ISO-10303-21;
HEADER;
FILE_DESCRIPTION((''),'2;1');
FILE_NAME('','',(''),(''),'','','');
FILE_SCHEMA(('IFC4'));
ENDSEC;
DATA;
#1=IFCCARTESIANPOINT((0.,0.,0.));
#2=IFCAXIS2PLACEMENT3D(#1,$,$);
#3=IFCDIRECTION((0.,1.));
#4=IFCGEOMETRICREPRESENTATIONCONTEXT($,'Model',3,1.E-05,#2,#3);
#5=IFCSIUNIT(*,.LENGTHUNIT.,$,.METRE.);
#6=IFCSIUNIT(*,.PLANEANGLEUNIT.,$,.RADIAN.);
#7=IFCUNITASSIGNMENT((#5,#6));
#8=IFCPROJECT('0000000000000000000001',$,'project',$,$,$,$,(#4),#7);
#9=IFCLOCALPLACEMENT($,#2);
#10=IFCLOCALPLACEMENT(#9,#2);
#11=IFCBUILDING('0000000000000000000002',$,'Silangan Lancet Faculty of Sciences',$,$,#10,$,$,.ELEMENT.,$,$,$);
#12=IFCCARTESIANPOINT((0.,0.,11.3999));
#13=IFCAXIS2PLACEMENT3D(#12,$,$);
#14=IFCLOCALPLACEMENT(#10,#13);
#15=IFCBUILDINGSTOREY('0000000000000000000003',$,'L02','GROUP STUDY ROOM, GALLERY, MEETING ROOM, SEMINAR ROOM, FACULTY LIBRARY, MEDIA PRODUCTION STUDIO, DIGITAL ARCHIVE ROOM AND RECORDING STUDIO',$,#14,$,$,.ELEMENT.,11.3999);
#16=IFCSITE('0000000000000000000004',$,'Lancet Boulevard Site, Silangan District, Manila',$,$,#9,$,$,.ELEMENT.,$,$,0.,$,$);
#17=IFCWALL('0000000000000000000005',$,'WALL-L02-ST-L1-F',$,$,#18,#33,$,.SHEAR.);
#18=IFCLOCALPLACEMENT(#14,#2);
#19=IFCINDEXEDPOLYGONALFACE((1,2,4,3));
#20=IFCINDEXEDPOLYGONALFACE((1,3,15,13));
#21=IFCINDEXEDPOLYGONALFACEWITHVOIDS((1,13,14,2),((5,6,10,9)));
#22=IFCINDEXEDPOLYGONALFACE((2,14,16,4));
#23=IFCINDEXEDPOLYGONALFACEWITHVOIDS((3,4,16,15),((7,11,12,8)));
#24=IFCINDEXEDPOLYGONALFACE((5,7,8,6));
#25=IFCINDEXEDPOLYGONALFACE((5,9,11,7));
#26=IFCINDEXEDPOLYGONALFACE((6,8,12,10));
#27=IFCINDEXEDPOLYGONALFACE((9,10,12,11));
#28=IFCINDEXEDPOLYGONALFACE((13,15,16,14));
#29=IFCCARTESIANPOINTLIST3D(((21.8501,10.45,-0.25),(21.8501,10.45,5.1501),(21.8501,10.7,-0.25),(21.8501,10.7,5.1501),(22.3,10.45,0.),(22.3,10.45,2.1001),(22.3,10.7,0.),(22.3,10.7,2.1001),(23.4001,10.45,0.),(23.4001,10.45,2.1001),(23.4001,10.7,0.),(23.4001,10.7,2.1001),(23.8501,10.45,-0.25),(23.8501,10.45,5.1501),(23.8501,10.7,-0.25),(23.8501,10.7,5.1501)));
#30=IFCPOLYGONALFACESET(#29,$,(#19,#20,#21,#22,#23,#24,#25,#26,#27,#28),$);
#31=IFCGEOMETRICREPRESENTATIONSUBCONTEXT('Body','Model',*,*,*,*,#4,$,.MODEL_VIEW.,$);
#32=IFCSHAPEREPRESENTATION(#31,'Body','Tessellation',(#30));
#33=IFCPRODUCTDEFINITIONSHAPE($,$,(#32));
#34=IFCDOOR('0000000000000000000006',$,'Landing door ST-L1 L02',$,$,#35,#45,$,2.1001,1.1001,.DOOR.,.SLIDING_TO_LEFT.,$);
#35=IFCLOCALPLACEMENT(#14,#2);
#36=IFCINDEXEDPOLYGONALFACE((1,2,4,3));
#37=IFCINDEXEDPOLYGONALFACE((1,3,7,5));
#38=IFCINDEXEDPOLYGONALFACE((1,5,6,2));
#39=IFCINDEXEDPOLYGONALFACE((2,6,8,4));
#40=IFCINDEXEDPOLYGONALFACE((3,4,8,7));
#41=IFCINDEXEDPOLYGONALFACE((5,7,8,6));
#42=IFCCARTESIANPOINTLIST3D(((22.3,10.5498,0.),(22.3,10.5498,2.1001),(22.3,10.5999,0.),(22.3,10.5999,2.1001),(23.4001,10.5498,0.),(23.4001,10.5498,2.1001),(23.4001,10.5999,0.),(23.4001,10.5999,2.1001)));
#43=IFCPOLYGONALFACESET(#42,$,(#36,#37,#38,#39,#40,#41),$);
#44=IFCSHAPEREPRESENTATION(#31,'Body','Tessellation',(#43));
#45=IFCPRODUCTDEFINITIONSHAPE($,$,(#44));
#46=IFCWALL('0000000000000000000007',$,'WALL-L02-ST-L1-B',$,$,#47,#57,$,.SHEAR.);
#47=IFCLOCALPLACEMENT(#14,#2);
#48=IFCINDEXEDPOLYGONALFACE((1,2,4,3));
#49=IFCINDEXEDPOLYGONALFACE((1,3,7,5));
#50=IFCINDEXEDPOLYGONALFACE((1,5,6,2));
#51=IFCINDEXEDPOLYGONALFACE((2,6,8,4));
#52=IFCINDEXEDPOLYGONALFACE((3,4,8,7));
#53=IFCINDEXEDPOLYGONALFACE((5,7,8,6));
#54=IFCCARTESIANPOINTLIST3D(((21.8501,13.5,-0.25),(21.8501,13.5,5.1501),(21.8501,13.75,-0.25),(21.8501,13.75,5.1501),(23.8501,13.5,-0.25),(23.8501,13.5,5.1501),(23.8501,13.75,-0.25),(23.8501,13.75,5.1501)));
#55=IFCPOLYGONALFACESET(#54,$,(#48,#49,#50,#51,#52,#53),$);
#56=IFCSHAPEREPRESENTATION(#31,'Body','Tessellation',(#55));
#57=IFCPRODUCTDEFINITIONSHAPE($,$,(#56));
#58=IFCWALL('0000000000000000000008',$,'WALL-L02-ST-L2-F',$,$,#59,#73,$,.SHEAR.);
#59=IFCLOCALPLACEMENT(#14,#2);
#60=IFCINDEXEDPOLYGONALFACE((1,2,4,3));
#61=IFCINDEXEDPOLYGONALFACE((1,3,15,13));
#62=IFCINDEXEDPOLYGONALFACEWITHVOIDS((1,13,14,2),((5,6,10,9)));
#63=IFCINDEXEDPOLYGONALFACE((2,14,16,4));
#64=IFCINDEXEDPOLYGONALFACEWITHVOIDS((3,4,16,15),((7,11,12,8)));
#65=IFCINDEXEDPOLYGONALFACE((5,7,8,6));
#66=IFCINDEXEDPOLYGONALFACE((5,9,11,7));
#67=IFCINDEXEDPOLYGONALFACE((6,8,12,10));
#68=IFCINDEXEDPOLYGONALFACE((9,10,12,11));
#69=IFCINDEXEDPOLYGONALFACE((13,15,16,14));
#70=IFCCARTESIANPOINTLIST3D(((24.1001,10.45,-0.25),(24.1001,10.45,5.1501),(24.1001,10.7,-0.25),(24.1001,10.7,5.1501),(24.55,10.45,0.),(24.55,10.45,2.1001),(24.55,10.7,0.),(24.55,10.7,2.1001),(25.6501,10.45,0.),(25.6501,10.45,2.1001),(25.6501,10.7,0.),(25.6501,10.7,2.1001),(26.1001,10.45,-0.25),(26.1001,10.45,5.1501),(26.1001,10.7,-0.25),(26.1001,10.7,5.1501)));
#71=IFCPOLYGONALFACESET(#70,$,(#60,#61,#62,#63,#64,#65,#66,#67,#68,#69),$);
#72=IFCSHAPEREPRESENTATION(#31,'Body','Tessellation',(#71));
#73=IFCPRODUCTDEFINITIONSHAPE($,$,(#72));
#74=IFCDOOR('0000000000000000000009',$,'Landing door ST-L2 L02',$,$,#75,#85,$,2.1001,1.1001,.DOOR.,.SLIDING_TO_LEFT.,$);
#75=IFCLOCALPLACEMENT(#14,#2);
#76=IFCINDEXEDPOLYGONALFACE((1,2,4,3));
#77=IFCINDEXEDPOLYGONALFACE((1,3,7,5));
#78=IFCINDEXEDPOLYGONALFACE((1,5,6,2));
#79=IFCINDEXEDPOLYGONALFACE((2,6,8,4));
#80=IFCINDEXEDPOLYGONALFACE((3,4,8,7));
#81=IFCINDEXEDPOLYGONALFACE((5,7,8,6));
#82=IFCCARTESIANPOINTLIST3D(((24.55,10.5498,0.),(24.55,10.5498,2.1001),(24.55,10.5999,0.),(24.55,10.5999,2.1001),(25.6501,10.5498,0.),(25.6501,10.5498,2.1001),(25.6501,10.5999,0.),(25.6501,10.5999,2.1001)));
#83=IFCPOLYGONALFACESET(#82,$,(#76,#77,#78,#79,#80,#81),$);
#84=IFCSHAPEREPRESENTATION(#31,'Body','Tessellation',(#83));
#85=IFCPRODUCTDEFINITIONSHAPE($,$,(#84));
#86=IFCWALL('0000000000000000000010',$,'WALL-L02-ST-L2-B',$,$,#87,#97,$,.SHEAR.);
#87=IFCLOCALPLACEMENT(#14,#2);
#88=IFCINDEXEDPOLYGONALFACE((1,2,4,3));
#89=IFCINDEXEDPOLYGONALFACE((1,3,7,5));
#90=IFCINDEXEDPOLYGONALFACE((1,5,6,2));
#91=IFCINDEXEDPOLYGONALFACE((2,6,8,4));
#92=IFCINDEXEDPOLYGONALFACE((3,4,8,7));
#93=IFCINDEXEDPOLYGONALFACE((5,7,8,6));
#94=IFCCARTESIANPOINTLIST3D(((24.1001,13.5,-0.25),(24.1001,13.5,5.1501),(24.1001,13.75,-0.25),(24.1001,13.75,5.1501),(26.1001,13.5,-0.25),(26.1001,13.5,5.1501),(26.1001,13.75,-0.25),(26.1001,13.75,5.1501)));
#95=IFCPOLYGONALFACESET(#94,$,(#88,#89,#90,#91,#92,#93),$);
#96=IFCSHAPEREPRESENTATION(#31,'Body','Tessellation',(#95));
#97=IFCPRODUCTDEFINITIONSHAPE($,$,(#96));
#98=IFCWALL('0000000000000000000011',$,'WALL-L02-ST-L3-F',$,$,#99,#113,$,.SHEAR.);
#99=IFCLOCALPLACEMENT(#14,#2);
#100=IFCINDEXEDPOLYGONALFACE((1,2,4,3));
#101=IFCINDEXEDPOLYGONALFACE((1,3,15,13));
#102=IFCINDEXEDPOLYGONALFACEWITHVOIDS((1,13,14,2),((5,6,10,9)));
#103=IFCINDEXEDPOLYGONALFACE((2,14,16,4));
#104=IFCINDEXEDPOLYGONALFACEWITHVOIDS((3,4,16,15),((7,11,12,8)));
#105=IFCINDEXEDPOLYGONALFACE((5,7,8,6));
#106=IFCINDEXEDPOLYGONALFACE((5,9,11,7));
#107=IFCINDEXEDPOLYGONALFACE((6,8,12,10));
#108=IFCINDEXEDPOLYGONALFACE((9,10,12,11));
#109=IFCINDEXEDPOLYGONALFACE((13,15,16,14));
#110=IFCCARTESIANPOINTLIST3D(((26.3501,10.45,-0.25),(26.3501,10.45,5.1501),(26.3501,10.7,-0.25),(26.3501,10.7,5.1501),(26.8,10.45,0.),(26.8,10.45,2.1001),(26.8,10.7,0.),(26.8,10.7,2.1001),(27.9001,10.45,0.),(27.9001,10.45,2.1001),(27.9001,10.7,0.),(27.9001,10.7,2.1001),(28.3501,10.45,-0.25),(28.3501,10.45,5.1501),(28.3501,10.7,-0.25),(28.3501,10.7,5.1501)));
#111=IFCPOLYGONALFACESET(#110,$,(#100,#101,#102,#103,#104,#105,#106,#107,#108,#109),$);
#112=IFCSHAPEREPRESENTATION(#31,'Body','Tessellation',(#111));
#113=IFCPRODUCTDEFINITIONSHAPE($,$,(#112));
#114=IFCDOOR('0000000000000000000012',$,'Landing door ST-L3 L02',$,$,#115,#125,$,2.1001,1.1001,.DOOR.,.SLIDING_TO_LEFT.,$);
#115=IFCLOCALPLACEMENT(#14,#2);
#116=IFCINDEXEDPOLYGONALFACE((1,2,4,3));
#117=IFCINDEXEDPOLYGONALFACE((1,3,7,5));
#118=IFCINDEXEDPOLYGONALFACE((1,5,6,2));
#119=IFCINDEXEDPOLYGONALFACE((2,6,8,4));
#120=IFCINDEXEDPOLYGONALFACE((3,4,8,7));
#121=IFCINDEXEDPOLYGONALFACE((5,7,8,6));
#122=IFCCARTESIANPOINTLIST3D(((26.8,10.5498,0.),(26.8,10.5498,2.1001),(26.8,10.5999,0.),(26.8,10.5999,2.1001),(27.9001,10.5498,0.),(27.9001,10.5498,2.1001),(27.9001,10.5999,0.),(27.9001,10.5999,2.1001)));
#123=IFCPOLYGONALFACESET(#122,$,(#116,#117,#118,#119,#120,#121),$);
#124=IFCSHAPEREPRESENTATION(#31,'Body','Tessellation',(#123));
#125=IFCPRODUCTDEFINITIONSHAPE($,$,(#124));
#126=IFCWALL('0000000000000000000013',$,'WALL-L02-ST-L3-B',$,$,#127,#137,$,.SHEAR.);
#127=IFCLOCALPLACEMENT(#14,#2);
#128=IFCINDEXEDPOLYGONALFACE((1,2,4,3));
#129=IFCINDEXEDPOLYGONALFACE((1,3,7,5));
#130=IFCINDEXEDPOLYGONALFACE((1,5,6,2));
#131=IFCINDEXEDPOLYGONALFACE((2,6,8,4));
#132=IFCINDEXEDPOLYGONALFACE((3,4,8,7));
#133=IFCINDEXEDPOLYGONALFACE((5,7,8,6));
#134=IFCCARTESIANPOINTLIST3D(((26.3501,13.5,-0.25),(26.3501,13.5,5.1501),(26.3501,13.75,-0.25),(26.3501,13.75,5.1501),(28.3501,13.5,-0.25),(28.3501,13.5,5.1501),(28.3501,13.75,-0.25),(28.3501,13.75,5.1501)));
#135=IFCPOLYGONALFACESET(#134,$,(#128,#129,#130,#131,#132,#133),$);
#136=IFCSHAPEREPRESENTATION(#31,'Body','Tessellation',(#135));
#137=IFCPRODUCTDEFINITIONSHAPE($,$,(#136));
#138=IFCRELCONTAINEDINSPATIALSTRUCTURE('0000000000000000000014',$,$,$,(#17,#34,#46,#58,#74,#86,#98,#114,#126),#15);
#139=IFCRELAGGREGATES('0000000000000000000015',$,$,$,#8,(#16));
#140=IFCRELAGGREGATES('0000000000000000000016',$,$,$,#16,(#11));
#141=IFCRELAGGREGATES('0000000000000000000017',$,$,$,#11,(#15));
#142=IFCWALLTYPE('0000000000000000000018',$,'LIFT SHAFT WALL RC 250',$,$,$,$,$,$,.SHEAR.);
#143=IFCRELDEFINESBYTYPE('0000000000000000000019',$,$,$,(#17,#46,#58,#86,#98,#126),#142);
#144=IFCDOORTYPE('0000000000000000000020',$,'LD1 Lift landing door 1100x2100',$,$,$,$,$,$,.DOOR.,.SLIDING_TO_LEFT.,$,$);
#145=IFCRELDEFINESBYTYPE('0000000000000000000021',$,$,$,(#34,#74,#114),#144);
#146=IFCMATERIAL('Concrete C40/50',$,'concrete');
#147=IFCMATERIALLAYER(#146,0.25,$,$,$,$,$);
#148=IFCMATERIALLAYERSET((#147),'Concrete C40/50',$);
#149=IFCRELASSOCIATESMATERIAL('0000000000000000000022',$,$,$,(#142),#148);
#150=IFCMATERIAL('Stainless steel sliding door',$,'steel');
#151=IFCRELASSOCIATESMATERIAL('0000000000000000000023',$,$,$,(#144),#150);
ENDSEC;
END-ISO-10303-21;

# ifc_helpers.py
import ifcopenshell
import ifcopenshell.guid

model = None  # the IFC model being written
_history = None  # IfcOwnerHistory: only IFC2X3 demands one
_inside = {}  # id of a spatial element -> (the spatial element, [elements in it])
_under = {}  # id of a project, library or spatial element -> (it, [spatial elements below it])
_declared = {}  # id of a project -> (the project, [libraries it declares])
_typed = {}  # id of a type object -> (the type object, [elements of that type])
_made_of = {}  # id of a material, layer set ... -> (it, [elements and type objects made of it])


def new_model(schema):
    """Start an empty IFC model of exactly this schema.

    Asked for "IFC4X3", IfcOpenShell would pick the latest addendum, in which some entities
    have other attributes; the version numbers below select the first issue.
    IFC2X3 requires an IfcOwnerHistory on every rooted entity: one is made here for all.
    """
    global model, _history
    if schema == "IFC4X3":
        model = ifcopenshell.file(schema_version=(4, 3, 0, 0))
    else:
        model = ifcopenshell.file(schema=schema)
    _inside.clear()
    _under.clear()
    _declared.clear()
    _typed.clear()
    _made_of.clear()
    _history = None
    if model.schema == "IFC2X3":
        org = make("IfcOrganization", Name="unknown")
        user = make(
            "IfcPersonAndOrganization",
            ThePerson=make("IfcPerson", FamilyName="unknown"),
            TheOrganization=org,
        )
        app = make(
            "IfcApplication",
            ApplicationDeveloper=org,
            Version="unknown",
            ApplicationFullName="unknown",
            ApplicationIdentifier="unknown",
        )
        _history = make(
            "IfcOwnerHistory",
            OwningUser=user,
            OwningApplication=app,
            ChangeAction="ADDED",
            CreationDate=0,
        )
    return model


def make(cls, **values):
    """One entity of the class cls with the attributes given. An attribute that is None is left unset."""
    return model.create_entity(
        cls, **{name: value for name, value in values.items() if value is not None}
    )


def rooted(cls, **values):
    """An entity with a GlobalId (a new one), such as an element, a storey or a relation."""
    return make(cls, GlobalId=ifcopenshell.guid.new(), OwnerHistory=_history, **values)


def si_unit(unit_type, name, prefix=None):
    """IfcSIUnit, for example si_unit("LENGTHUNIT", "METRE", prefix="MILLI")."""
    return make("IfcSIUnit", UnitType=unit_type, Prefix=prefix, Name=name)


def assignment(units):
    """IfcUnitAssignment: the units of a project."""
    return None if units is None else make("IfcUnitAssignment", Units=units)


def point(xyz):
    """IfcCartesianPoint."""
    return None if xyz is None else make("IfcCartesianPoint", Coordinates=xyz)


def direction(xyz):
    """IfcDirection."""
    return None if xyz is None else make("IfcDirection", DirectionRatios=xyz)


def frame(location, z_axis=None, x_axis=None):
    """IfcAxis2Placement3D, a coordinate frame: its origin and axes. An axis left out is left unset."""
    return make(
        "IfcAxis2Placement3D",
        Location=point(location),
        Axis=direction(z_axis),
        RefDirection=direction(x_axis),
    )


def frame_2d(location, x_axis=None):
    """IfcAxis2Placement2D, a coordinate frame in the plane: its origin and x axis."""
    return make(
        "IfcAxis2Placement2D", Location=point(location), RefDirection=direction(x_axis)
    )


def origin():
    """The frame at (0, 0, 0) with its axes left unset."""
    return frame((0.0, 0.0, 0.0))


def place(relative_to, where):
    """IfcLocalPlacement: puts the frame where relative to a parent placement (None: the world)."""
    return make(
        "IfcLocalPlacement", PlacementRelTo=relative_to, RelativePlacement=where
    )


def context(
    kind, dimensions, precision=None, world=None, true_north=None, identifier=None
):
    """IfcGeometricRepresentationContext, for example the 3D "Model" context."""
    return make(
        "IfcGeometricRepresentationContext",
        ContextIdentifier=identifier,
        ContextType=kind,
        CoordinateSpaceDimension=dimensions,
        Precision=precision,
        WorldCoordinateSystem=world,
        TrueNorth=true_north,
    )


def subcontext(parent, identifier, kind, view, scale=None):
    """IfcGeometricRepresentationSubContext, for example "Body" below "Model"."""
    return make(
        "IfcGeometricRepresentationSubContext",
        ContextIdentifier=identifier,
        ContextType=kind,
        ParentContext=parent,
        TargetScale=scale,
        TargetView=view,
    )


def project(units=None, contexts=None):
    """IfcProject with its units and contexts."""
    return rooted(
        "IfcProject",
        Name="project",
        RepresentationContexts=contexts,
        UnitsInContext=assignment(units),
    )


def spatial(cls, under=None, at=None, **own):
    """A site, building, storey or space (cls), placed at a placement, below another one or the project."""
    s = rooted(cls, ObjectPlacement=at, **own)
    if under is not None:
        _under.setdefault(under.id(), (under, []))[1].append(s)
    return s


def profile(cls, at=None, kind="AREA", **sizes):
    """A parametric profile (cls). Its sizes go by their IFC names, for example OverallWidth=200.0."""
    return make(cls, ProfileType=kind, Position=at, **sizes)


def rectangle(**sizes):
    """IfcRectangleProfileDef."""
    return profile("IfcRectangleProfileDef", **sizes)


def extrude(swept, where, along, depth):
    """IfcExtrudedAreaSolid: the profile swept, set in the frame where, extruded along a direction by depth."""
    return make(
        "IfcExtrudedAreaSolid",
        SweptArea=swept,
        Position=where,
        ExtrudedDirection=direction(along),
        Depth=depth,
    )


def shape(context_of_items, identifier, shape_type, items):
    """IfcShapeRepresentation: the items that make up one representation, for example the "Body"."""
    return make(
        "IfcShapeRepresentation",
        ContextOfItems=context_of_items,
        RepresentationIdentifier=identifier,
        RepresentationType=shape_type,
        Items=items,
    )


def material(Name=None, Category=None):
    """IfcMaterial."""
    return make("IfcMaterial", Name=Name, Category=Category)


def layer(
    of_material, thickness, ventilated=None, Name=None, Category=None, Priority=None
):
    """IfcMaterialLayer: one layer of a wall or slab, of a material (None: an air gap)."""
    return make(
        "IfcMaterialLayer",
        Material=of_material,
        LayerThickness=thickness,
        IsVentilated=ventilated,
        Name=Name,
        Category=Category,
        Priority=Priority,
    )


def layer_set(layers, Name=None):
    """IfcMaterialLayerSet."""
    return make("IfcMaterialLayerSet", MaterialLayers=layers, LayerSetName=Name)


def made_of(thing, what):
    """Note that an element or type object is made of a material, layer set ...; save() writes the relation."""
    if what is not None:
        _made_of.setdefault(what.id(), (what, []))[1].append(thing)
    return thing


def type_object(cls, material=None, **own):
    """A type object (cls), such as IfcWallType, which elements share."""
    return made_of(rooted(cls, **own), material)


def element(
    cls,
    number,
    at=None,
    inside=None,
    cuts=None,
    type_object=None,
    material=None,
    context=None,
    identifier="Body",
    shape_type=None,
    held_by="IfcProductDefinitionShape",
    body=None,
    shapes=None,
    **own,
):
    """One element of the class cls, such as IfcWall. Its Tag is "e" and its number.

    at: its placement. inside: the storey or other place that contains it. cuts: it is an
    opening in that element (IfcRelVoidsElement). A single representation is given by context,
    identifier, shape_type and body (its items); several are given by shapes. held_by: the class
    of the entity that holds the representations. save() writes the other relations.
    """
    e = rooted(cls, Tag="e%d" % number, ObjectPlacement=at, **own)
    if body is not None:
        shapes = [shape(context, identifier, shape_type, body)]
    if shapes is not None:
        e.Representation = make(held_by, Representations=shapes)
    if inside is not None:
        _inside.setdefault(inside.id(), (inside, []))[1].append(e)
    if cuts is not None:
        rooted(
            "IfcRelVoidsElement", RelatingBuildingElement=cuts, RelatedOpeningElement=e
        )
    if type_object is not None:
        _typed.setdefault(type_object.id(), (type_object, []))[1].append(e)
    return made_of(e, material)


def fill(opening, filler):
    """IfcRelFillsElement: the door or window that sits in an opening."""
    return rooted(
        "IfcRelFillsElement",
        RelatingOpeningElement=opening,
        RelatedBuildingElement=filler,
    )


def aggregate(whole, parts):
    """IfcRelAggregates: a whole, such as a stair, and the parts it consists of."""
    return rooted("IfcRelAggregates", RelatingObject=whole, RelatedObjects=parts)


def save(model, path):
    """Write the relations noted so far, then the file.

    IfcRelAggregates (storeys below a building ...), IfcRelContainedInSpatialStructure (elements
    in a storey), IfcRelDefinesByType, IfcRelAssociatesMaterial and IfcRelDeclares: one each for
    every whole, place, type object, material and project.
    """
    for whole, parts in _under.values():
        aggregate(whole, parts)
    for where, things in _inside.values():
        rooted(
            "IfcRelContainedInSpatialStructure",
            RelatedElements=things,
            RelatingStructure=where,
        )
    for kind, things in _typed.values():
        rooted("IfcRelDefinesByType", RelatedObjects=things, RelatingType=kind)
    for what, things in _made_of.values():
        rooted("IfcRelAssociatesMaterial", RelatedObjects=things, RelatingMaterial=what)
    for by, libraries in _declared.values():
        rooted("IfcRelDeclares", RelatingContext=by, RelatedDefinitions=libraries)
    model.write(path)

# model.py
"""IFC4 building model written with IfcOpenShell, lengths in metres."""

from ifc_helpers import new_model, si_unit, direction, frame, frame_2d, origin, place, context, subcontext, project, spatial, rectangle, extrude, material, layer, layer_set, type_object, element, fill, save


model = new_model("IFC4")

# Units and contexts
model_context = context("Model", 3, precision=1e-05, world=origin(), true_north=direction((0.0, 1.0)))
body_context = subcontext(model_context, "Body", "Model", "MODEL_VIEW")
ifc_project = project(units=[si_unit("LENGTHUNIT", "METRE"), si_unit("PLANEANGLEUNIT", "RADIAN")], contexts=[model_context])

# Site, building, storey
site_placement = place(None, origin())
site = spatial("IfcSite", under=ifc_project, at=site_placement, Name="Lancet Boulevard Site, Silangan District, Manila", CompositionType="ELEMENT", RefElevation=0.0)
building_placement = place(site_placement, origin())
building = spatial("IfcBuilding", under=site, at=building_placement, Name="Silangan Lancet Faculty of Sciences", CompositionType="ELEMENT")
storey_placement = place(building_placement, frame((0.0, 0.0, 11.3999)))
storey = spatial("IfcBuildingStorey", under=building, at=storey_placement, Name="L02", Description="GROUP STUDY ROOM, GALLERY, MEETING ROOM, SEMINAR ROOM, FACULTY LIBRARY, MEDIA PRODUCTION STUDIO, DIGITAL ARCHIVE ROOM AND RECORDING STUDIO", CompositionType="ELEMENT", Elevation=11.3999)

# Shared definitions
ifc_material_1 = material(Name="Concrete C40/50", Category="concrete")
ifc_layer_1 = layer(ifc_material_1, 0.25)
ifc_layer_set_1 = layer_set([ifc_layer_1], Name="Concrete C40/50")
wall_type_1 = type_object("IfcWallType", Name="LIFT SHAFT WALL RC 250", PredefinedType="SHEAR", material=ifc_layer_set_1)

# Wall, opening, door
wall_1_placement = place(storey_placement, frame((21.8501, 10.575, -0.25), z_axis=(0.0, 0.0, 1.0), x_axis=(1.0, 0.0, 0.0)))
wall_1 = element("IfcWall", 1, at=wall_1_placement, inside=storey, type_object=wall_type_1, Name="WALL-L02-ST-L1-F", PredefinedType="SHEAR", context=body_context, shape_type="SweptSolid", body=[
    extrude(rectangle(XDim=2.0, YDim=0.25, at=frame_2d((1.0, 0.0))), origin(), (0.0, 0.0, 1.0), 5.4001),
])
opening_1_placement = place(wall_1_placement, frame((0.45, 0.0, 0.25)))
opening_1 = element("IfcOpeningElement", 2, at=opening_1_placement, cuts=wall_1, PredefinedType="OPENING", context=body_context, shape_type="SweptSolid", body=[
    extrude(rectangle(XDim=1.1001, YDim=2.1001, at=frame_2d((0.55, 1.05))), frame((0.0, 0.135, 0.0), z_axis=(0.0, -1.0, 0.0), x_axis=(1.0, 0.0, 0.0)), (0.0, 0.0, 1.0), 0.27),
])
ifc_material_2 = material(Name="Stainless steel sliding door", Category="steel")
door_type_1 = type_object("IfcDoorType", Name="LD1 Lift landing door 1100x2100", OperationType="SLIDING_TO_LEFT", PredefinedType="DOOR", material=ifc_material_2)
door_1_placement = place(opening_1_placement, origin())
door_1 = element("IfcDoor", 3, at=door_1_placement, inside=storey, type_object=door_type_1, Name="Landing door ST-L1 L02", OperationType="SLIDING_TO_LEFT", OverallHeight=2.1001, OverallWidth=1.1001, PredefinedType="DOOR", context=body_context, shape_type="SweptSolid", body=[
    extrude(rectangle(XDim=1.1001, YDim=2.1001, at=frame_2d((0.55, 1.05))), frame((0.0, 0.0249, 0.0), z_axis=(0.0, -1.0, 0.0), x_axis=(1.0, 0.0, 0.0)), (0.0, 0.0, 1.0), 0.05),
])
fill(opening_1, door_1)

# Wall
wall_2_placement = place(storey_placement, frame((21.8501, 13.625, -0.25), z_axis=(0.0, 0.0, 1.0), x_axis=(1.0, 0.0, 0.0)))
element("IfcWall", 4, at=wall_2_placement, inside=storey, type_object=wall_type_1, Name="WALL-L02-ST-L1-B", PredefinedType="SHEAR", context=body_context, shape_type="SweptSolid", body=[
    extrude(rectangle(XDim=2.0, YDim=0.25, at=frame_2d((1.0, 0.0))), origin(), (0.0, 0.0, 1.0), 5.4001),
])

# Wall, opening, door
wall_3_placement = place(storey_placement, frame((24.1001, 10.575, -0.25), z_axis=(0.0, 0.0, 1.0), x_axis=(1.0, 0.0, 0.0)))
wall_3 = element("IfcWall", 5, at=wall_3_placement, inside=storey, type_object=wall_type_1, Name="WALL-L02-ST-L2-F", PredefinedType="SHEAR", context=body_context, shape_type="SweptSolid", body=[
    extrude(rectangle(XDim=2.0, YDim=0.25, at=frame_2d((1.0, 0.0))), origin(), (0.0, 0.0, 1.0), 5.4001),
])
opening_2_placement = place(wall_3_placement, frame((0.45, 0.0, 0.25)))
opening_2 = element("IfcOpeningElement", 6, at=opening_2_placement, cuts=wall_3, PredefinedType="OPENING", context=body_context, shape_type="SweptSolid", body=[
    extrude(rectangle(XDim=1.1001, YDim=2.1001, at=frame_2d((0.55, 1.05))), frame((0.0, 0.135, 0.0), z_axis=(0.0, -1.0, 0.0), x_axis=(1.0, 0.0, 0.0)), (0.0, 0.0, 1.0), 0.27),
])
door_2_placement = place(opening_2_placement, origin())
door_2 = element("IfcDoor", 7, at=door_2_placement, inside=storey, type_object=door_type_1, Name="Landing door ST-L2 L02", OperationType="SLIDING_TO_LEFT", OverallHeight=2.1001, OverallWidth=1.1001, PredefinedType="DOOR", context=body_context, shape_type="SweptSolid", body=[
    extrude(rectangle(XDim=1.1001, YDim=2.1001, at=frame_2d((0.55, 1.05))), frame((0.0, 0.0249, 0.0), z_axis=(0.0, -1.0, 0.0), x_axis=(1.0, 0.0, 0.0)), (0.0, 0.0, 1.0), 0.05),
])
fill(opening_2, door_2)

# Wall
wall_4_placement = place(storey_placement, frame((24.1001, 13.625, -0.25), z_axis=(0.0, 0.0, 1.0), x_axis=(1.0, 0.0, 0.0)))
element("IfcWall", 8, at=wall_4_placement, inside=storey, type_object=wall_type_1, Name="WALL-L02-ST-L2-B", PredefinedType="SHEAR", context=body_context, shape_type="SweptSolid", body=[
    extrude(rectangle(XDim=2.0, YDim=0.25, at=frame_2d((1.0, 0.0))), origin(), (0.0, 0.0, 1.0), 5.4001),
])

# Wall, opening, door
wall_5_placement = place(storey_placement, frame((26.3501, 10.575, -0.25), z_axis=(0.0, 0.0, 1.0), x_axis=(1.0, 0.0, 0.0)))
wall_5 = element("IfcWall", 9, at=wall_5_placement, inside=storey, type_object=wall_type_1, Name="WALL-L02-ST-L3-F", PredefinedType="SHEAR", context=body_context, shape_type="SweptSolid", body=[
    extrude(rectangle(XDim=2.0, YDim=0.25, at=frame_2d((1.0, 0.0))), origin(), (0.0, 0.0, 1.0), 5.4001),
])
opening_3_placement = place(wall_5_placement, frame((0.45, 0.0, 0.25)))
opening_3 = element("IfcOpeningElement", 10, at=opening_3_placement, cuts=wall_5, PredefinedType="OPENING", context=body_context, shape_type="SweptSolid", body=[
    extrude(rectangle(XDim=1.1001, YDim=2.1001, at=frame_2d((0.55, 1.05))), frame((0.0, 0.135, 0.0), z_axis=(0.0, -1.0, 0.0), x_axis=(1.0, 0.0, 0.0)), (0.0, 0.0, 1.0), 0.27),
])
door_3_placement = place(opening_3_placement, origin())
door_3 = element("IfcDoor", 11, at=door_3_placement, inside=storey, type_object=door_type_1, Name="Landing door ST-L3 L02", OperationType="SLIDING_TO_LEFT", OverallHeight=2.1001, OverallWidth=1.1001, PredefinedType="DOOR", context=body_context, shape_type="SweptSolid", body=[
    extrude(rectangle(XDim=1.1001, YDim=2.1001, at=frame_2d((0.55, 1.05))), frame((0.0, 0.0249, 0.0), z_axis=(0.0, -1.0, 0.0), x_axis=(1.0, 0.0, 0.0)), (0.0, 0.0, 1.0), 0.05),
])
fill(opening_3, door_3)

# Wall
wall_6_placement = place(storey_placement, frame((26.3501, 13.625, -0.25), z_axis=(0.0, 0.0, 1.0), x_axis=(1.0, 0.0, 0.0)))
element("IfcWall", 12, at=wall_6_placement, inside=storey, type_object=wall_type_1, Name="WALL-L02-ST-L3-B", PredefinedType="SHEAR", context=body_context, shape_type="SweptSolid", body=[
    extrude(rectangle(XDim=2.0, YDim=0.25, at=frame_2d((1.0, 0.0))), origin(), (0.0, 0.0, 1.0), 5.4001),
])

save(model, "model.ifc")
